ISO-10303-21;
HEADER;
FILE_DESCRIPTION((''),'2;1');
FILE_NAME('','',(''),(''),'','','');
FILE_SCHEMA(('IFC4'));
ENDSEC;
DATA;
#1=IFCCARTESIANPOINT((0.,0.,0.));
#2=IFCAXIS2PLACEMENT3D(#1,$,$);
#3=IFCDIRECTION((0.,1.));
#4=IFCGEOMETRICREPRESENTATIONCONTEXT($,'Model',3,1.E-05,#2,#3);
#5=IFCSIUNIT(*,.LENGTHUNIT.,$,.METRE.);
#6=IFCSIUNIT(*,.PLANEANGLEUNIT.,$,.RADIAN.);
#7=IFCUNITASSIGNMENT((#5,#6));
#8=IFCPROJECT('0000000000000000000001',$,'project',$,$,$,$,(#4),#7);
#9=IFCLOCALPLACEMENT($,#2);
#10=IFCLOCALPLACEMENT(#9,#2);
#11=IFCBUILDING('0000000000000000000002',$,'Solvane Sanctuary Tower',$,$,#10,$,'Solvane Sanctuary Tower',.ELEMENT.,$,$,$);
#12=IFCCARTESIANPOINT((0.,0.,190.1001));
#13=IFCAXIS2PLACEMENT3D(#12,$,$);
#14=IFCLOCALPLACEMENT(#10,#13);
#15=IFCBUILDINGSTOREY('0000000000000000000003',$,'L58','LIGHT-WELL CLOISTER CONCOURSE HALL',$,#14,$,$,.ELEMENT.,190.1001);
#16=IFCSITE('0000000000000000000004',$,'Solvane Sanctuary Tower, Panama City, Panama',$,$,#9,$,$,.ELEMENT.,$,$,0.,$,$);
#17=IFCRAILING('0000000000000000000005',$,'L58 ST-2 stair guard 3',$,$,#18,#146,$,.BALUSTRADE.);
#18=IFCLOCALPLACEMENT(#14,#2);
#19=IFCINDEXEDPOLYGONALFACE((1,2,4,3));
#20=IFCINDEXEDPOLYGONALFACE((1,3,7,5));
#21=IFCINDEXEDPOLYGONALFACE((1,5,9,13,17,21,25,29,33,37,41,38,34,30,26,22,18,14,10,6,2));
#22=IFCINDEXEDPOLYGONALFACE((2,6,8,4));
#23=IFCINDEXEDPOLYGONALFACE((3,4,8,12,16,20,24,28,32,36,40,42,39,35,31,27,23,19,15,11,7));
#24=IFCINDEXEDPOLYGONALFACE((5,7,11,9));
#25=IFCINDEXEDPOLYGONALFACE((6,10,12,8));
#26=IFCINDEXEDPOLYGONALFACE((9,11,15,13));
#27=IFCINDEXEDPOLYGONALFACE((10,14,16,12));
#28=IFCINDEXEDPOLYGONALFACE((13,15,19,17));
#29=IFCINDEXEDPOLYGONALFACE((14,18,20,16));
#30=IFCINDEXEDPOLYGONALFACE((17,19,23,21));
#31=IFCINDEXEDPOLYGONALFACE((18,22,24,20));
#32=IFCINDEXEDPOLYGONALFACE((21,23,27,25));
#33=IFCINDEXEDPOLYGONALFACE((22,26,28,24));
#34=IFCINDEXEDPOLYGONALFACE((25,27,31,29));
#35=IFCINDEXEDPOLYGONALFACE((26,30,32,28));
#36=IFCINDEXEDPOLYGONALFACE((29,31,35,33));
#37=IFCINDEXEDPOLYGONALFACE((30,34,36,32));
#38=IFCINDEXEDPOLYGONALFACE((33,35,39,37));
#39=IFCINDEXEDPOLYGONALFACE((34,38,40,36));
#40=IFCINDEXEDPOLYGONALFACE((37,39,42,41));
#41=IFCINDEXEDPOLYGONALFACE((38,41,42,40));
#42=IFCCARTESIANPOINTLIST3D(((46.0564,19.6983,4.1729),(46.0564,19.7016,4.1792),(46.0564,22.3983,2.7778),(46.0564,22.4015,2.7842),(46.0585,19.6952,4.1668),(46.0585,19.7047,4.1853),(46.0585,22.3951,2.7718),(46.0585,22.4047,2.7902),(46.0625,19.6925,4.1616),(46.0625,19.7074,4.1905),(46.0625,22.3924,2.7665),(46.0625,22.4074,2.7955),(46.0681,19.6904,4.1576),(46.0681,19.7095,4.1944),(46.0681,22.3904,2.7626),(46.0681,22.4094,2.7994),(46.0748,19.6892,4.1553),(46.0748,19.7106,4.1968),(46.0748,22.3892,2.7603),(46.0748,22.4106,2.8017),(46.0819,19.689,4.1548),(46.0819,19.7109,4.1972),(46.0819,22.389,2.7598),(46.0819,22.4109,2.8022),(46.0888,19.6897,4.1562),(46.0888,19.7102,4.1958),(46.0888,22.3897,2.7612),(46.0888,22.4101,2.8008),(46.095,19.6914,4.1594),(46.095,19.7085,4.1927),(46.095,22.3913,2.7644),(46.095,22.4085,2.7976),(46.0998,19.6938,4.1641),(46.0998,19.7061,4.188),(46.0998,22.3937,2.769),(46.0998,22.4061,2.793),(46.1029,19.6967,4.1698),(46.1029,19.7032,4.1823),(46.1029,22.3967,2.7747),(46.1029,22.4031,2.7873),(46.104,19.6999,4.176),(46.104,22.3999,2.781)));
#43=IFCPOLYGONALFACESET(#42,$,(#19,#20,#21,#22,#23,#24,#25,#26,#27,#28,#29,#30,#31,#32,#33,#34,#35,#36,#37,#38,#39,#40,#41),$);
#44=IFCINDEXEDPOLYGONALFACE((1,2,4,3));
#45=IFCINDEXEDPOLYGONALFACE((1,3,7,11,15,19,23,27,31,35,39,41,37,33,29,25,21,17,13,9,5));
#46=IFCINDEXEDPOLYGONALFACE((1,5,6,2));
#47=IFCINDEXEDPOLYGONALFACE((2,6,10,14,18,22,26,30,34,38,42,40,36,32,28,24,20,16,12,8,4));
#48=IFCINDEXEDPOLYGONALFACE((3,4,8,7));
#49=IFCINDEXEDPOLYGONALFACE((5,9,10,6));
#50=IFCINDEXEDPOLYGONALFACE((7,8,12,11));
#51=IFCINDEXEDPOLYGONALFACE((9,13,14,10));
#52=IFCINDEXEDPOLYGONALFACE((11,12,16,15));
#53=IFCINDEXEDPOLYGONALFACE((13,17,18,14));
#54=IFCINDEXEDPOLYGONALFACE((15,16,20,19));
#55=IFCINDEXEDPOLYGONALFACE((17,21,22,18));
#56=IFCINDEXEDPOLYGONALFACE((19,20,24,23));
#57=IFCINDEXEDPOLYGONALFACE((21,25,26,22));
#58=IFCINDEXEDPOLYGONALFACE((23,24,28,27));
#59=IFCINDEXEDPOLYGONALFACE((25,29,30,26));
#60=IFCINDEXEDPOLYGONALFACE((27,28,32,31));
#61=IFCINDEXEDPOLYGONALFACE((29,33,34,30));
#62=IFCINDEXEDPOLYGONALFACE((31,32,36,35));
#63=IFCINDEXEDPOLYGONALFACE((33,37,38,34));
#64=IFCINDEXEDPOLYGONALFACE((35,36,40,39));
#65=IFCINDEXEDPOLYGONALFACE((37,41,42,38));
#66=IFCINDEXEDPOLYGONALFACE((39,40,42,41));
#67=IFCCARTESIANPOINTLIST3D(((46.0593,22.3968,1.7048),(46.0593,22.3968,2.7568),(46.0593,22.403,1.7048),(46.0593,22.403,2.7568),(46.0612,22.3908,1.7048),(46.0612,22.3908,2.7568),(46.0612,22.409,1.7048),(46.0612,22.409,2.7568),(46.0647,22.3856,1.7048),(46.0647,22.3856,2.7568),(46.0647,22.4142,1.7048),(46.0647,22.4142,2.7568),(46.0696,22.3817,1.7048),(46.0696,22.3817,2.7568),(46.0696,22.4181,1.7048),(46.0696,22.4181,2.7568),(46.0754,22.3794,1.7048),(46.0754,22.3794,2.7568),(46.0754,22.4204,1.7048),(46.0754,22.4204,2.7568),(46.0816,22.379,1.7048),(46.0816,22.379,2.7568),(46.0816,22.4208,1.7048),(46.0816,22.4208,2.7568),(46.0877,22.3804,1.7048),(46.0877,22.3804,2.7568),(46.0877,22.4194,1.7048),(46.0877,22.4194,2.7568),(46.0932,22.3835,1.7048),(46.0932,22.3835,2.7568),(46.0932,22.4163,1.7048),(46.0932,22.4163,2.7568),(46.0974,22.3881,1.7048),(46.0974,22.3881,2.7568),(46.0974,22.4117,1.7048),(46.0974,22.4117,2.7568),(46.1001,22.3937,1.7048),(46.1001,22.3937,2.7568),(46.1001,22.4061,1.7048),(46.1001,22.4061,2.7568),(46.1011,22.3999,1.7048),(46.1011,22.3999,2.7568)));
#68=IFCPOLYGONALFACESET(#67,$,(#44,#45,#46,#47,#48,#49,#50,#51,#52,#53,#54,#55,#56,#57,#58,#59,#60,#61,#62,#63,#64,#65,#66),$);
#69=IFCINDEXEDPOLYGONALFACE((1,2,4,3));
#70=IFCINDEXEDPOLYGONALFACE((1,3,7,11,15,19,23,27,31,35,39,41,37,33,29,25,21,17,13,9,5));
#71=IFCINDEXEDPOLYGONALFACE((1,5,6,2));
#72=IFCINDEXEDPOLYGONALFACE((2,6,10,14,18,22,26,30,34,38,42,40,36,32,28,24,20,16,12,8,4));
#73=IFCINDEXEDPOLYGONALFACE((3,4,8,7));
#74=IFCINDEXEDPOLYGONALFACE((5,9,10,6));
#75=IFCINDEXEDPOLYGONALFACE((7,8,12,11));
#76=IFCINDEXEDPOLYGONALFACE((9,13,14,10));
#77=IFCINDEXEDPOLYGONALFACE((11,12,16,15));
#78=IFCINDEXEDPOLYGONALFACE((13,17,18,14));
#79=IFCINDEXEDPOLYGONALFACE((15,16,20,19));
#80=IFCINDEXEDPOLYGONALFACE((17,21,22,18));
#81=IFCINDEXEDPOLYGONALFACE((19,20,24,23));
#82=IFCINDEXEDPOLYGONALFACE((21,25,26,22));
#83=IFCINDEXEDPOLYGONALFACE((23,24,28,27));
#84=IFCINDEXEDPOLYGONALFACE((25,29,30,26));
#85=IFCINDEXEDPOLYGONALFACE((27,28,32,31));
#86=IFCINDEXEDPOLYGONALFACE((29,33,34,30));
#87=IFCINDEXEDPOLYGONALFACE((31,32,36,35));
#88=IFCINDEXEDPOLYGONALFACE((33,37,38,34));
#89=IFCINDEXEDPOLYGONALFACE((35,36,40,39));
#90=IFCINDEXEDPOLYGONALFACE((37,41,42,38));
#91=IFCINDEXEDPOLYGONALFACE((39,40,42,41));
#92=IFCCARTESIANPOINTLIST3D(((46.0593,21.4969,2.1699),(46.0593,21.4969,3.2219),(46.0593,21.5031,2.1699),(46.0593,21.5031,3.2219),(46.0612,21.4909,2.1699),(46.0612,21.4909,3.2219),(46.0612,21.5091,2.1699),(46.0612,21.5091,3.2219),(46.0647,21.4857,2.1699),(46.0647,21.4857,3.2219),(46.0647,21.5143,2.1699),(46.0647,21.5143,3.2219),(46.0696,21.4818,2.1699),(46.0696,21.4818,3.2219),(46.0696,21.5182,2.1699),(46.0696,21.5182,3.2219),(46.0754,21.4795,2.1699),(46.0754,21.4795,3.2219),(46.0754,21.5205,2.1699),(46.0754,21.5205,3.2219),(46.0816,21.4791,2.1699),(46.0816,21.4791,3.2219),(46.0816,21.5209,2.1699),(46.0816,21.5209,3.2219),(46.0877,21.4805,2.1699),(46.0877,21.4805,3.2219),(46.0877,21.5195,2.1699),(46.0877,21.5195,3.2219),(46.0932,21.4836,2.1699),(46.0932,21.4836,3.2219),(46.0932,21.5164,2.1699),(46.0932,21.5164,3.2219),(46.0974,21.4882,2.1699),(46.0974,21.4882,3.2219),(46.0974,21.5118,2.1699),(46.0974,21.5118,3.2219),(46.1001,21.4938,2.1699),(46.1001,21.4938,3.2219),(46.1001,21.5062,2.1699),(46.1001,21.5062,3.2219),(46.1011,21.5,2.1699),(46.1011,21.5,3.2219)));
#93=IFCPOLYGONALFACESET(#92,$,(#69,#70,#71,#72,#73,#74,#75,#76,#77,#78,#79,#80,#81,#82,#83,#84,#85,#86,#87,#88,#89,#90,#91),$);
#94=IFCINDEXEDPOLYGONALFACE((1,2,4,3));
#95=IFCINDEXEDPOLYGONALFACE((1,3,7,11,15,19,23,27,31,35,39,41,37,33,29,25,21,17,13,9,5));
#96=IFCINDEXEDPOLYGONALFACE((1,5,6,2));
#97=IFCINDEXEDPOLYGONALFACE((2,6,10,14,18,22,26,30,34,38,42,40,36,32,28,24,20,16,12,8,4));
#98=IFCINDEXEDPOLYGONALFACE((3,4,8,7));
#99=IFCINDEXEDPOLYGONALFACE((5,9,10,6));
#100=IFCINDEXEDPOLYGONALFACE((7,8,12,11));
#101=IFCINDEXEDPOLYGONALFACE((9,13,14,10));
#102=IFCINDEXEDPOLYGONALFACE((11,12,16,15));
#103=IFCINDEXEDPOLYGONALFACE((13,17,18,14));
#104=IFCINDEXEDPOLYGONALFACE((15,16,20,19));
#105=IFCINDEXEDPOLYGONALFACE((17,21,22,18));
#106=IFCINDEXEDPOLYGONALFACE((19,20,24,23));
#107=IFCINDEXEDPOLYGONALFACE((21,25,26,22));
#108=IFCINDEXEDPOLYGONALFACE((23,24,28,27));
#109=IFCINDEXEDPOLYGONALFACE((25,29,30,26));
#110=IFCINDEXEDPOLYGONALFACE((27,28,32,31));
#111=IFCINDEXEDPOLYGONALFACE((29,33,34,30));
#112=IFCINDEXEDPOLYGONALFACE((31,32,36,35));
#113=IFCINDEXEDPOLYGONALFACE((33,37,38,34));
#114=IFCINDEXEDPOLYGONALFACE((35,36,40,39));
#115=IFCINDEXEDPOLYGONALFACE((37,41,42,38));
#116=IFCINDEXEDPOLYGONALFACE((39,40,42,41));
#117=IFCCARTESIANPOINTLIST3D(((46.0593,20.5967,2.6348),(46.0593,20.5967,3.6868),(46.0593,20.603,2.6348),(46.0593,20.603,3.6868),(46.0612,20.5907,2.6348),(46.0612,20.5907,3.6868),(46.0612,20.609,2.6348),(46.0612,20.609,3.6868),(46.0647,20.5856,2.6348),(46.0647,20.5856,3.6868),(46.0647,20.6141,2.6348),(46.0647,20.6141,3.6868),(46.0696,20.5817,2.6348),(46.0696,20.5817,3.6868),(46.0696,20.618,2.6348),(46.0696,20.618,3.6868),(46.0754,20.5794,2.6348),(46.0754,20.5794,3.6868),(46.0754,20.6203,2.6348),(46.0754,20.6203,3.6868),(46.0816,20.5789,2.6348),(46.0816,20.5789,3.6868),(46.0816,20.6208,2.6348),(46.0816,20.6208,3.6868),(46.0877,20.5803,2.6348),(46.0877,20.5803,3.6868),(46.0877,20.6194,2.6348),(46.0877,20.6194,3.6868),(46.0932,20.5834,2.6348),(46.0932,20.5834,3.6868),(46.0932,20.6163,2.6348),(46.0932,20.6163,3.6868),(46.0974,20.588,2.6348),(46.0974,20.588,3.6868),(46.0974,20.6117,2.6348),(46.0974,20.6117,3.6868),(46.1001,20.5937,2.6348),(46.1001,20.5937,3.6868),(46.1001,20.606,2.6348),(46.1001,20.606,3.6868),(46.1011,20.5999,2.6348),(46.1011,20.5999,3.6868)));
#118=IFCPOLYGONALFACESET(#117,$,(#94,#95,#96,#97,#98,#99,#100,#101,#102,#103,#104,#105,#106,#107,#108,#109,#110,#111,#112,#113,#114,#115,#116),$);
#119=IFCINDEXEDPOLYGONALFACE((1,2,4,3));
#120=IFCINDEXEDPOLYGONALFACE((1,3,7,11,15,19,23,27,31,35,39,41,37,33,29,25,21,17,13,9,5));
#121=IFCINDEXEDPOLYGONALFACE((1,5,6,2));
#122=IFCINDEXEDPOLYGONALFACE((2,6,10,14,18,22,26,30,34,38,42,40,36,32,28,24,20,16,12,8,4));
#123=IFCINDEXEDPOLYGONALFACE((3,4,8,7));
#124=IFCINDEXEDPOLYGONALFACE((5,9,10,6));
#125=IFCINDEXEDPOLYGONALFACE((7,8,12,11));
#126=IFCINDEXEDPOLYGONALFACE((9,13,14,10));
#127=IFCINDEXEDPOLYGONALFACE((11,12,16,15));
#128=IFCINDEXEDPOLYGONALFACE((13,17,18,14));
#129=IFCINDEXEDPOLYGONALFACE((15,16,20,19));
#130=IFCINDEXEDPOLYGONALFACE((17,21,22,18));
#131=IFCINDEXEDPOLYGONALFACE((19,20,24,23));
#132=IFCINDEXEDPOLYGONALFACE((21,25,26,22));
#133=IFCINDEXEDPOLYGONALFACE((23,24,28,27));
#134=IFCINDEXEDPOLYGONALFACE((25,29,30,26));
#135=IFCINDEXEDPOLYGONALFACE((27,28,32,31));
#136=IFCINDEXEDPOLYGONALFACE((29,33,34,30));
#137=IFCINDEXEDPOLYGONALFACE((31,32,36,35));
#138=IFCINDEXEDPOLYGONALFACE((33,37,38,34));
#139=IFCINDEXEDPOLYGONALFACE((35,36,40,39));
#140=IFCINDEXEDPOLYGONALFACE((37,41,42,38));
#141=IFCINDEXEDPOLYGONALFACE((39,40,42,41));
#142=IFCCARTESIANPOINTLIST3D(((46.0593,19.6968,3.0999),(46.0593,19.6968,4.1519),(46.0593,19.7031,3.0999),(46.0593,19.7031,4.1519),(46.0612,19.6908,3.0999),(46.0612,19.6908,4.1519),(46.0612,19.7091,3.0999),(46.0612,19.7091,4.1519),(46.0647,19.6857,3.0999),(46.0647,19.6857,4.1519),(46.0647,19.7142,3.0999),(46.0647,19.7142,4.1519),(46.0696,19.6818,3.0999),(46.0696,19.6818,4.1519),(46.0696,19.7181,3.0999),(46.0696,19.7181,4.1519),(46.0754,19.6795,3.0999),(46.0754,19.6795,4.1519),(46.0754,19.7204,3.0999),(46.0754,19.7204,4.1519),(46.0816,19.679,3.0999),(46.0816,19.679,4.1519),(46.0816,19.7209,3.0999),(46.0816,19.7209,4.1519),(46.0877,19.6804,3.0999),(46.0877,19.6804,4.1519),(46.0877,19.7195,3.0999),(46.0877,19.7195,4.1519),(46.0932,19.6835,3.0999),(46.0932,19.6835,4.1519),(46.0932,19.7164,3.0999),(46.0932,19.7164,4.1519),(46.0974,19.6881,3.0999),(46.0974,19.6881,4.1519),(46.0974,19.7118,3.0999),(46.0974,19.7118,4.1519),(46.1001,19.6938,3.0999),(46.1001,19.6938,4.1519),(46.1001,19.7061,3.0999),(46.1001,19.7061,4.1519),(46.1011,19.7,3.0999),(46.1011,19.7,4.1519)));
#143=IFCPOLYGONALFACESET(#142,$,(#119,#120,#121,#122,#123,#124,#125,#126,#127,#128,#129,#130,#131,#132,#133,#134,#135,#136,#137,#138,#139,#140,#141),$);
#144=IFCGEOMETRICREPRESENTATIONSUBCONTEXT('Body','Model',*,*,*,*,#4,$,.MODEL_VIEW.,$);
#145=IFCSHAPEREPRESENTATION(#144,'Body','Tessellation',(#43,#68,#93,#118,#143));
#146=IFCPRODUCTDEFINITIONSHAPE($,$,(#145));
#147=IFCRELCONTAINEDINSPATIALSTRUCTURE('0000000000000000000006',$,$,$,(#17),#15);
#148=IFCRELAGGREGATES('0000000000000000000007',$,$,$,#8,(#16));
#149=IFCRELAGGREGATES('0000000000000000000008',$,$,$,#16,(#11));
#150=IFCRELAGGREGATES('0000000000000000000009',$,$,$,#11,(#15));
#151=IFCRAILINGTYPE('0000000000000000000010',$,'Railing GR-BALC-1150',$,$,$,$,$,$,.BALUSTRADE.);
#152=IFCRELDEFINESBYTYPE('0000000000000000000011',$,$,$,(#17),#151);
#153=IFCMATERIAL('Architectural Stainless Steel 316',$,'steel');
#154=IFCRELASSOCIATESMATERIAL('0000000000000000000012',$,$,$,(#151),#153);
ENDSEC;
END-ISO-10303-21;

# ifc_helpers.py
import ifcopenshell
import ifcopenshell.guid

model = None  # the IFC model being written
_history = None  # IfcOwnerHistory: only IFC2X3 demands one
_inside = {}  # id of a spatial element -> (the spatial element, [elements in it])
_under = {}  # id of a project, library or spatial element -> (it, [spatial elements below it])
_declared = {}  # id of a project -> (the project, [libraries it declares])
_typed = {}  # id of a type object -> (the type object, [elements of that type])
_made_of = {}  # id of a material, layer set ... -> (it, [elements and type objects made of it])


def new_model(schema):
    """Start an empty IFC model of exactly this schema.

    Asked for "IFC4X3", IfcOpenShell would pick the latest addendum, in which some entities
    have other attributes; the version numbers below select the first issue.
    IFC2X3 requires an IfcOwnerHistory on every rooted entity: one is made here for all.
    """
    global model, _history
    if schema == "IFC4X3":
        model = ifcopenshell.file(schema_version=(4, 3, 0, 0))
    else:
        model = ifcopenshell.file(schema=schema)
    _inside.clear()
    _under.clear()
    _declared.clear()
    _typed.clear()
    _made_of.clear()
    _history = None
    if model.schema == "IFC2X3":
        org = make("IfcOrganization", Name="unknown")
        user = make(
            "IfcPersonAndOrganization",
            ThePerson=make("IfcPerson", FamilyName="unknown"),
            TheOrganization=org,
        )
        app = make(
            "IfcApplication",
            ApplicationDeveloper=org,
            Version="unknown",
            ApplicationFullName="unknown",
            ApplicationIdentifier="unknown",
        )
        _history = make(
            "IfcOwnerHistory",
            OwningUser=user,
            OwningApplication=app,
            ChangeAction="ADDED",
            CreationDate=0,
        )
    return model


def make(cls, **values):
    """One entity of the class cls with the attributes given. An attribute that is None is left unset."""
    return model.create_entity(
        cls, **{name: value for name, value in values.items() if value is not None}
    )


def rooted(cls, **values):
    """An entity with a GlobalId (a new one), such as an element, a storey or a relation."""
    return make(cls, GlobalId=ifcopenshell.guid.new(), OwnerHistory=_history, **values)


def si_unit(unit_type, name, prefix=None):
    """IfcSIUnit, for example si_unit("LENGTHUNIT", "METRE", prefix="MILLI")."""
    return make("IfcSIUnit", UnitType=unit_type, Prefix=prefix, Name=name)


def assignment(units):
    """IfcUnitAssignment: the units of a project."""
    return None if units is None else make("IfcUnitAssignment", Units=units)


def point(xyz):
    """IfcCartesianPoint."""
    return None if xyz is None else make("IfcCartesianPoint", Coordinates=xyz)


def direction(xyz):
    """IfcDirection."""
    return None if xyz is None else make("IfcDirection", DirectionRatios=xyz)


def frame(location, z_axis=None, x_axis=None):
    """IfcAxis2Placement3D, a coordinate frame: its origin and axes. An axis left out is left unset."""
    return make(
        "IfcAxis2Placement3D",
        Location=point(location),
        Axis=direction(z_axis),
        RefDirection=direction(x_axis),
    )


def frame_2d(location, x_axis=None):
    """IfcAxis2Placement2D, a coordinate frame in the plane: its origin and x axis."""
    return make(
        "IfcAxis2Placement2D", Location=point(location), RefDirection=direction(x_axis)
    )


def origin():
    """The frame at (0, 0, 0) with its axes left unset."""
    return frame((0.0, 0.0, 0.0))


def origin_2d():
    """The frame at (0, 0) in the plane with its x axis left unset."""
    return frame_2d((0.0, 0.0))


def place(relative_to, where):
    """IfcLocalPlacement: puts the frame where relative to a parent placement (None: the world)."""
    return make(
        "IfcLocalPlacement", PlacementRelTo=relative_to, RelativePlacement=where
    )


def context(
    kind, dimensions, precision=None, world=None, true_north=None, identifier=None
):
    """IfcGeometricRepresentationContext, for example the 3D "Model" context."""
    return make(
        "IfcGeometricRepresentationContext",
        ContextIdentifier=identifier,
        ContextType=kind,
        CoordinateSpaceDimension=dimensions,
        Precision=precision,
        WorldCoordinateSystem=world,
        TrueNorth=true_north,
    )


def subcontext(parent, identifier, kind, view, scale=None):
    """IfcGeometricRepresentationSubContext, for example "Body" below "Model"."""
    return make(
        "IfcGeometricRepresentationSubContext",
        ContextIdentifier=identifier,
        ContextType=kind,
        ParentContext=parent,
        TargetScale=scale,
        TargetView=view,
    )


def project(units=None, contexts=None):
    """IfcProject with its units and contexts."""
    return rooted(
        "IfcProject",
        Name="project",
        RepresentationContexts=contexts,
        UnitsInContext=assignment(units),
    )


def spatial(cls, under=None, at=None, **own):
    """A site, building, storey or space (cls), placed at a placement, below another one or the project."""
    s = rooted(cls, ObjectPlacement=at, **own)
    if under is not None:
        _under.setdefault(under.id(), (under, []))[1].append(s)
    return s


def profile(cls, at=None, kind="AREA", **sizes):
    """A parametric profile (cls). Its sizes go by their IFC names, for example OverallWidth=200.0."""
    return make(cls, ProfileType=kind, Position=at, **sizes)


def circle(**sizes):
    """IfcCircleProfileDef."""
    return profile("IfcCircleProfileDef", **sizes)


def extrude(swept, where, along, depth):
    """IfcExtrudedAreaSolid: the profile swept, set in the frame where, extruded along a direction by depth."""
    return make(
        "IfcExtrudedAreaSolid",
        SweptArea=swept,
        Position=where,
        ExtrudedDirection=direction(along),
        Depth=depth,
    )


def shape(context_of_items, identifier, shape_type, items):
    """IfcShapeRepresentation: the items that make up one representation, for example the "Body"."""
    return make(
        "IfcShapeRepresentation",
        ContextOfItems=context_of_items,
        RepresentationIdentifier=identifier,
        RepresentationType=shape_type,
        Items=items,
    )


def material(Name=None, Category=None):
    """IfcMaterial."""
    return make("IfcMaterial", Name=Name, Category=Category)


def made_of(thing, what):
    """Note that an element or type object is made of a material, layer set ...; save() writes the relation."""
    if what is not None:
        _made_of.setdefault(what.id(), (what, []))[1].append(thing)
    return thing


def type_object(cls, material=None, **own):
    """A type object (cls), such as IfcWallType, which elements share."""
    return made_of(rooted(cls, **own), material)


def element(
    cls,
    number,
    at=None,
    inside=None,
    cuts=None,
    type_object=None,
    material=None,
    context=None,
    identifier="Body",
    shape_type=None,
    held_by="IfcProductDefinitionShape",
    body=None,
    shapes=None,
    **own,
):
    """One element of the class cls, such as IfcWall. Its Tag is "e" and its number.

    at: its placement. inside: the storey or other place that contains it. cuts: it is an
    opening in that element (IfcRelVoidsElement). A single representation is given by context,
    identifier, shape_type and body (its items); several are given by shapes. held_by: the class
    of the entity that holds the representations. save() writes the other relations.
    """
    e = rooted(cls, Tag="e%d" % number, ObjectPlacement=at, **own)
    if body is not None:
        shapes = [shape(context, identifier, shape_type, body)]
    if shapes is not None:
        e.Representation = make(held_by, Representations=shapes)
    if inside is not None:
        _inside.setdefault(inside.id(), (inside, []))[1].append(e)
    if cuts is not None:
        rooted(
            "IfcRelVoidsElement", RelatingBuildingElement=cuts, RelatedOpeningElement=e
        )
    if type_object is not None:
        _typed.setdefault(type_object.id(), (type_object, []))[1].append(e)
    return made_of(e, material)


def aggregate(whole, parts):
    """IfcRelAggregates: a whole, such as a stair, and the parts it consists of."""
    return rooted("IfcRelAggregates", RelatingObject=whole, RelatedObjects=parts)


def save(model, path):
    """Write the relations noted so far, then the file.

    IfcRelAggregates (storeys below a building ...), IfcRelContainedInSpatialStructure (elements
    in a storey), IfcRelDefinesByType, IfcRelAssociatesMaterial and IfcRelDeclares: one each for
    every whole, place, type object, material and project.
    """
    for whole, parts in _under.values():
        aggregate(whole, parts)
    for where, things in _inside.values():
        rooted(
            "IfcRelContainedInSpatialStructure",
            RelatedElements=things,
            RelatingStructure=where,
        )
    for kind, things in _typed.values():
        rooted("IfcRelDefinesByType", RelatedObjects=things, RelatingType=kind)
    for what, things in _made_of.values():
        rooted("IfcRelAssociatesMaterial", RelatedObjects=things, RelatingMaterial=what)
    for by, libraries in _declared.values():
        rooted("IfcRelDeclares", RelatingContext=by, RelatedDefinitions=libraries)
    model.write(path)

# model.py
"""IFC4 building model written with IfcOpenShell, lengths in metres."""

from ifc_helpers import new_model, si_unit, direction, frame, origin, origin_2d, place, context, subcontext, project, spatial, circle, extrude, material, type_object, element, save


model = new_model("IFC4")

# Units and contexts
model_context = context("Model", 3, precision=1e-05, world=origin(), true_north=direction((0.0, 1.0)))
body_context = subcontext(model_context, "Body", "Model", "MODEL_VIEW")
ifc_project = project(units=[si_unit("LENGTHUNIT", "METRE"), si_unit("PLANEANGLEUNIT", "RADIAN")], contexts=[model_context])

# Site, building, storey
site_placement = place(None, origin())
site = spatial("IfcSite", under=ifc_project, at=site_placement, Name="Solvane Sanctuary Tower, Panama City, Panama", CompositionType="ELEMENT", RefElevation=0.0)
building_placement = place(site_placement, origin())
building = spatial("IfcBuilding", under=site, at=building_placement, Name="Solvane Sanctuary Tower", LongName="Solvane Sanctuary Tower", CompositionType="ELEMENT")
storey_placement = place(building_placement, frame((0.0, 0.0, 190.1001)))
storey = spatial("IfcBuildingStorey", under=building, at=storey_placement, Name="L58", Description="LIGHT-WELL CLOISTER CONCOURSE HALL", CompositionType="ELEMENT", Elevation=190.1001)

# Shared definitions
ifc_material_1 = material(Name="Architectural Stainless Steel 316", Category="steel")

# Railing
railing_type = type_object("IfcRailingType", Name="Railing GR-BALC-1150", PredefinedType="BALUSTRADE", material=ifc_material_1)
railing_1_placement = place(storey_placement, frame((46.0801, 22.3999, 1.7048)))
element("IfcRailing", 1, at=railing_1_placement, inside=storey, type_object=railing_type, Name="L58 ST-2 stair guard 3", PredefinedType="BALUSTRADE", context=body_context, shape_type="SweptSolid", body=[
    extrude(circle(Radius=0.0239, at=origin_2d()), frame((0.0, 0.0, 1.0762), z_axis=(0.0, -0.88842, 0.459032), x_axis=(1.0, 0.0, 0.0)), (0.0, 0.0, 1.0), 3.0391),
    extrude(circle(Radius=0.021, at=origin_2d()), origin(), (0.0, 0.0, 1.0), 1.052),
    extrude(circle(Radius=0.021, at=origin_2d()), frame((0.0, -0.8999, 0.4651)), (0.0, 0.0, 1.0), 1.052),
    extrude(circle(Radius=0.021, at=origin_2d()), frame((0.0, -1.8, 0.9299)), (0.0, 0.0, 1.0), 1.052),
    extrude(circle(Radius=0.021, at=origin_2d()), frame((0.0, -2.7, 1.395)), (0.0, 0.0, 1.0), 1.052),
])

save(model, "model.ifc")
